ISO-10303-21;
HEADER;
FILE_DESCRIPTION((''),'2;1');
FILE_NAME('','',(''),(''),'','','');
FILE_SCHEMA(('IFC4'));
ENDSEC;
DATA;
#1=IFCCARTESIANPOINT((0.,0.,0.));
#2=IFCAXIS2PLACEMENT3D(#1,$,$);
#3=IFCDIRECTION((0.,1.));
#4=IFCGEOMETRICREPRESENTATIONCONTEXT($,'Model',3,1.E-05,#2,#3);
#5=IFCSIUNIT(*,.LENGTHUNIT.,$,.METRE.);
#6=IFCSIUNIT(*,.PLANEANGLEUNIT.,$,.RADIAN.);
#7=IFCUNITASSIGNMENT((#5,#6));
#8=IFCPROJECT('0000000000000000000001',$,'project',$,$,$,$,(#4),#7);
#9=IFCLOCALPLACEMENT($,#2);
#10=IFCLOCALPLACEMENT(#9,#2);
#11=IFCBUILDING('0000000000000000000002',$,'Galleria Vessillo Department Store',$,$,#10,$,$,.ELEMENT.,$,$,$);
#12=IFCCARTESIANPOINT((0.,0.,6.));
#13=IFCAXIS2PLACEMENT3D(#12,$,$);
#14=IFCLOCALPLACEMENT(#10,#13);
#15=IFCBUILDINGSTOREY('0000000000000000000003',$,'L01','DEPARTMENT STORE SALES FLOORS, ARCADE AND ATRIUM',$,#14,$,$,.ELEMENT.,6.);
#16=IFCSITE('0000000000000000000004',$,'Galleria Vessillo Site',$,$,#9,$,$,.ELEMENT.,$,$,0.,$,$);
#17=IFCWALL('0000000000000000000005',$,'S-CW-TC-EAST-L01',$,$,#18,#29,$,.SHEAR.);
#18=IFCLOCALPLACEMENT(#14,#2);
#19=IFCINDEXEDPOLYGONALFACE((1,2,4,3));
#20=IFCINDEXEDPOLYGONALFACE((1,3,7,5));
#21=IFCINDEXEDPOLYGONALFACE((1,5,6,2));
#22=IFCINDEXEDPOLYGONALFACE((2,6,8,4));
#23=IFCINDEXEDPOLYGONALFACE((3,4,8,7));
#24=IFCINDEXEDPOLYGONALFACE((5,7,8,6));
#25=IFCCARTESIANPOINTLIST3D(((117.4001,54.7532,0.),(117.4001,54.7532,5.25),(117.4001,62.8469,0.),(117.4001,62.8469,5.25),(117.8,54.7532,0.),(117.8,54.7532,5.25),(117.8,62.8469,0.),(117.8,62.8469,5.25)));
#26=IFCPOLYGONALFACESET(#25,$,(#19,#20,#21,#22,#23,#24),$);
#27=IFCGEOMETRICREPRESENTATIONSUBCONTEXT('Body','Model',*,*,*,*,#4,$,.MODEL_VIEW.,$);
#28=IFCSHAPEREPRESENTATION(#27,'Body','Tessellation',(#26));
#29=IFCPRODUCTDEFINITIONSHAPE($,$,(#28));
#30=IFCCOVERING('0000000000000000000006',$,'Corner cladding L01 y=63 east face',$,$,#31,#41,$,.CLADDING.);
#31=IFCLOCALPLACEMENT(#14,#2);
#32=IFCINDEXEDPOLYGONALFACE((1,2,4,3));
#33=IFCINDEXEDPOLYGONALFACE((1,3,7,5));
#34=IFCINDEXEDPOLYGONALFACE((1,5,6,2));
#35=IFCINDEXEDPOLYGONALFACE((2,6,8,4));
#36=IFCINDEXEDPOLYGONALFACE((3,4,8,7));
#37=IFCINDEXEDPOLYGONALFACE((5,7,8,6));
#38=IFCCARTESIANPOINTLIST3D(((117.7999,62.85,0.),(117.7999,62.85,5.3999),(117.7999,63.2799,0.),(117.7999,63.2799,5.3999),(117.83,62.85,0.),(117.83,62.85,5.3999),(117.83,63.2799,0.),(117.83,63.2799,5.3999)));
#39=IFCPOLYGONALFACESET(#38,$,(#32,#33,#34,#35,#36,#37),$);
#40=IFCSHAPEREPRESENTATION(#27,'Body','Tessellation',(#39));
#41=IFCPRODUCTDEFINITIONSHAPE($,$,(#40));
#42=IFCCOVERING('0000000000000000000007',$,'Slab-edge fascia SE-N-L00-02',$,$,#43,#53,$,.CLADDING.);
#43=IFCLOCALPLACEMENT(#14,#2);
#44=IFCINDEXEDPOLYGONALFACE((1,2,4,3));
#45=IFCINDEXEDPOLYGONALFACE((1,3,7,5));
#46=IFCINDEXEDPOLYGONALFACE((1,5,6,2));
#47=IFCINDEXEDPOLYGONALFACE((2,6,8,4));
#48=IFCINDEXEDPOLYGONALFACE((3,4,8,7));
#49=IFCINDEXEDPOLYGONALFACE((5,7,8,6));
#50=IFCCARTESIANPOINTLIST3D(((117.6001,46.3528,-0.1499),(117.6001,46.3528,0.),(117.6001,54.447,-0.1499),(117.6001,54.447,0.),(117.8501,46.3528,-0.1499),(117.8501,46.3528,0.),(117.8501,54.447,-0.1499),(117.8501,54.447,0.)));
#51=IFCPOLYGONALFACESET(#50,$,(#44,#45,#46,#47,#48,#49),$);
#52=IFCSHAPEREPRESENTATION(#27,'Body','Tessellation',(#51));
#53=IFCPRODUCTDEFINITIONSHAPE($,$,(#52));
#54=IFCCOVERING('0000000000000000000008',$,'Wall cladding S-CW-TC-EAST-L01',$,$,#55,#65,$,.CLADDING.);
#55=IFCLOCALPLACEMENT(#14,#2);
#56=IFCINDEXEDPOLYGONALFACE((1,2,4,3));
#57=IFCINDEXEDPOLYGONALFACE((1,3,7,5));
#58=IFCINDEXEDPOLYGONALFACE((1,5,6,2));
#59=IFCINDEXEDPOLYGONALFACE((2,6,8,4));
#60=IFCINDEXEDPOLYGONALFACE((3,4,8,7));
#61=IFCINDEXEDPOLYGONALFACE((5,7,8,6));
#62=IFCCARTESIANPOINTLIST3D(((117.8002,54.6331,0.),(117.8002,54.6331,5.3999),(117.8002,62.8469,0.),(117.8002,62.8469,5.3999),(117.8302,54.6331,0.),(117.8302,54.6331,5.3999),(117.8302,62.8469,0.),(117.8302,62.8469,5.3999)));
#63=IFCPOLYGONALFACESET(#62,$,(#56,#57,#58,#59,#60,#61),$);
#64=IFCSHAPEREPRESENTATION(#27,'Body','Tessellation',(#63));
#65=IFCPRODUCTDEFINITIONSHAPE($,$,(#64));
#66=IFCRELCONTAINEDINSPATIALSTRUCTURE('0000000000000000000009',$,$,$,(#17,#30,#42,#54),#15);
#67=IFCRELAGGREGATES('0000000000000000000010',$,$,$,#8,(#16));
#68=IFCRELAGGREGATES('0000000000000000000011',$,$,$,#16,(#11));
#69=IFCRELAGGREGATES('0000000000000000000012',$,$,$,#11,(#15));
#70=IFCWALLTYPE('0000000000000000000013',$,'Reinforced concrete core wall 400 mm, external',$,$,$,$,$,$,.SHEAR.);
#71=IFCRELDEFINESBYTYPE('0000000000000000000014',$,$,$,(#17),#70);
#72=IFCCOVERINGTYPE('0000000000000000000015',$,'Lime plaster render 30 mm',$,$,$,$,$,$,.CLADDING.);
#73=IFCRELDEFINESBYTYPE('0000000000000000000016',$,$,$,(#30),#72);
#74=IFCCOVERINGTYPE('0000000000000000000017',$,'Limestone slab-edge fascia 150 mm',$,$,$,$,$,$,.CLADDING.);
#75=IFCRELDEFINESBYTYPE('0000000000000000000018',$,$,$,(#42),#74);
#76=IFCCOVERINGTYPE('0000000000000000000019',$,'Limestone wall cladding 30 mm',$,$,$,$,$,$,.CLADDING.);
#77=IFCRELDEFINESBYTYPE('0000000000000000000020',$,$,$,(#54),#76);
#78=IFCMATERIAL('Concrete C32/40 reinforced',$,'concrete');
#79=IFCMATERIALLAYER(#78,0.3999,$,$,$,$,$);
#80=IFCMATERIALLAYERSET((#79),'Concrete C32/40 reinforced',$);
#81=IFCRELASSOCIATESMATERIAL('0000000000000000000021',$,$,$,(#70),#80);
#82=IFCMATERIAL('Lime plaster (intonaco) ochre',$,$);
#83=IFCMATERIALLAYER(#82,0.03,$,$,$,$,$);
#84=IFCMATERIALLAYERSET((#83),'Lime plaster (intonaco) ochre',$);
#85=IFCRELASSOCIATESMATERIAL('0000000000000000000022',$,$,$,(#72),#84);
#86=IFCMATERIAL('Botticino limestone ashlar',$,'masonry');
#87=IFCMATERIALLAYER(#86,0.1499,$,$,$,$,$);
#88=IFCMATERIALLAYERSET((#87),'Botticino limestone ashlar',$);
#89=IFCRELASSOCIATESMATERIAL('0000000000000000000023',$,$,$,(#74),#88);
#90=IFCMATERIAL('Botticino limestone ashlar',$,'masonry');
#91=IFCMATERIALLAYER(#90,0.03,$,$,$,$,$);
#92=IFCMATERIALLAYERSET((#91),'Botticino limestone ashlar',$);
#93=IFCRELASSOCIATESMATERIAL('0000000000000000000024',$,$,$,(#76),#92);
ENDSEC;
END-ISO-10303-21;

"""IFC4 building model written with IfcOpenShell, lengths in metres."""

from ifc_helpers import new_model, si_unit, direction, frame, frame_2d, origin, origin_2d, place, context, subcontext, project, spatial, rectangle, extrude, material, layer, layer_set, type_object, element, save


model = new_model("IFC4")

# Units and contexts
model_context = context("Model", 3, precision=1e-05, world=origin(), true_north=direction((0.0, 1.0)))
body_context = subcontext(model_context, "Body", "Model", "MODEL_VIEW")
ifc_project = project(units=[si_unit("LENGTHUNIT", "METRE"), si_unit("PLANEANGLEUNIT", "RADIAN")], contexts=[model_context])

# Site, building, storey
site_placement = place(None, origin())
site = spatial("IfcSite", under=ifc_project, at=site_placement, Name="Galleria Vessillo Site", CompositionType="ELEMENT", RefElevation=0.0)
building_placement = place(site_placement, origin())
building = spatial("IfcBuilding", under=site, at=building_placement, Name="Galleria Vessillo Department Store", CompositionType="ELEMENT")
storey_placement = place(building_placement, frame((0.0, 0.0, 6.0)))
storey = spatial("IfcBuildingStorey", under=building, at=storey_placement, Name="L01", Description="DEPARTMENT STORE SALES FLOORS, ARCADE AND ATRIUM", CompositionType="ELEMENT", Elevation=6.0)

# Wall
ifc_material_1 = material(Name="Concrete C32/40 reinforced", Category="concrete")
ifc_layer_1 = layer(ifc_material_1, 0.3999)
ifc_layer_set_1 = layer_set([ifc_layer_1], Name="Concrete C32/40 reinforced")
wall_type = type_object("IfcWallType", Name="Reinforced concrete core wall 400 mm, external", PredefinedType="SHEAR", material=ifc_layer_set_1)
wall_placement = place(storey_placement, frame((117.6001, 54.7532, 0.0), z_axis=(0.0, 0.0, 1.0), x_axis=(0.0, 1.0, 0.0)))
element("IfcWall", 1, at=wall_placement, inside=storey, type_object=wall_type, Name="S-CW-TC-EAST-L01", PredefinedType="SHEAR", context=body_context, shape_type="SweptSolid", body=[
    extrude(rectangle(XDim=8.0938, YDim=0.3999, at=frame_2d((4.0469, 0.0))), origin(), (0.0, 0.0, 1.0), 5.25),
])

# Coverings
ifc_material_2 = material(Name="Lime plaster (intonaco) ochre")
ifc_layer_2 = layer(ifc_material_2, 0.03)
ifc_layer_set_2 = layer_set([ifc_layer_2], Name="Lime plaster (intonaco) ochre")
covering_type_1 = type_object("IfcCoveringType", Name="Lime plaster render 30 mm", PredefinedType="CLADDING", material=ifc_layer_set_2)
covering_1_placement = place(storey_placement, frame((117.8149, 63.0649, 0.0), z_axis=(0.0, 0.0, 1.0), x_axis=(1.0, 0.0, 0.0)))
element("IfcCovering", 2, at=covering_1_placement, inside=storey, type_object=covering_type_1, Name="Corner cladding L01 y=63 east face", PredefinedType="CLADDING", context=body_context, shape_type="SweptSolid", body=[
    extrude(rectangle(XDim=0.03, YDim=0.4299, at=origin_2d()), origin(), (0.0, 0.0, 1.0), 5.3999),
])
ifc_material_3 = material(Name="Botticino limestone ashlar", Category="masonry")
ifc_layer_3 = layer(ifc_material_3, 0.1499)
ifc_layer_set_3 = layer_set([ifc_layer_3], Name="Botticino limestone ashlar")
covering_type_2 = type_object("IfcCoveringType", Name="Limestone slab-edge fascia 150 mm", PredefinedType="CLADDING", material=ifc_layer_set_3)
covering_2_placement = place(storey_placement, frame((117.7251, 50.3999, -0.1499), z_axis=(0.0, 0.0, 1.0), x_axis=(1.0, 0.0, 0.0)))
element("IfcCovering", 3, at=covering_2_placement, inside=storey, type_object=covering_type_2, Name="Slab-edge fascia SE-N-L00-02", PredefinedType="CLADDING", context=body_context, shape_type="SweptSolid", body=[
    extrude(rectangle(XDim=0.25, YDim=8.0942, at=origin_2d()), origin(), (0.0, 0.0, 1.0), 0.1499),
])
ifc_material_4 = material(Name="Botticino limestone ashlar", Category="masonry")
ifc_layer_4 = layer(ifc_material_4, 0.03)
ifc_layer_set_4 = layer_set([ifc_layer_4], Name="Botticino limestone ashlar")
covering_type_3 = type_object("IfcCoveringType", Name="Limestone wall cladding 30 mm", PredefinedType="CLADDING", material=ifc_layer_set_4)
covering_3_placement = place(storey_placement, frame((117.8152, 58.74, 0.0), z_axis=(0.0, 0.0, 1.0), x_axis=(1.0, 0.0, 0.0)))
element("IfcCovering", 4, at=covering_3_placement, inside=storey, type_object=covering_type_3, Name="Wall cladding S-CW-TC-EAST-L01", PredefinedType="CLADDING", context=body_context, shape_type="SweptSolid", body=[
    extrude(rectangle(XDim=0.03, YDim=8.2139, at=origin_2d()), origin(), (0.0, 0.0, 1.0), 5.3999),
])

save(model, "model.ifc")
